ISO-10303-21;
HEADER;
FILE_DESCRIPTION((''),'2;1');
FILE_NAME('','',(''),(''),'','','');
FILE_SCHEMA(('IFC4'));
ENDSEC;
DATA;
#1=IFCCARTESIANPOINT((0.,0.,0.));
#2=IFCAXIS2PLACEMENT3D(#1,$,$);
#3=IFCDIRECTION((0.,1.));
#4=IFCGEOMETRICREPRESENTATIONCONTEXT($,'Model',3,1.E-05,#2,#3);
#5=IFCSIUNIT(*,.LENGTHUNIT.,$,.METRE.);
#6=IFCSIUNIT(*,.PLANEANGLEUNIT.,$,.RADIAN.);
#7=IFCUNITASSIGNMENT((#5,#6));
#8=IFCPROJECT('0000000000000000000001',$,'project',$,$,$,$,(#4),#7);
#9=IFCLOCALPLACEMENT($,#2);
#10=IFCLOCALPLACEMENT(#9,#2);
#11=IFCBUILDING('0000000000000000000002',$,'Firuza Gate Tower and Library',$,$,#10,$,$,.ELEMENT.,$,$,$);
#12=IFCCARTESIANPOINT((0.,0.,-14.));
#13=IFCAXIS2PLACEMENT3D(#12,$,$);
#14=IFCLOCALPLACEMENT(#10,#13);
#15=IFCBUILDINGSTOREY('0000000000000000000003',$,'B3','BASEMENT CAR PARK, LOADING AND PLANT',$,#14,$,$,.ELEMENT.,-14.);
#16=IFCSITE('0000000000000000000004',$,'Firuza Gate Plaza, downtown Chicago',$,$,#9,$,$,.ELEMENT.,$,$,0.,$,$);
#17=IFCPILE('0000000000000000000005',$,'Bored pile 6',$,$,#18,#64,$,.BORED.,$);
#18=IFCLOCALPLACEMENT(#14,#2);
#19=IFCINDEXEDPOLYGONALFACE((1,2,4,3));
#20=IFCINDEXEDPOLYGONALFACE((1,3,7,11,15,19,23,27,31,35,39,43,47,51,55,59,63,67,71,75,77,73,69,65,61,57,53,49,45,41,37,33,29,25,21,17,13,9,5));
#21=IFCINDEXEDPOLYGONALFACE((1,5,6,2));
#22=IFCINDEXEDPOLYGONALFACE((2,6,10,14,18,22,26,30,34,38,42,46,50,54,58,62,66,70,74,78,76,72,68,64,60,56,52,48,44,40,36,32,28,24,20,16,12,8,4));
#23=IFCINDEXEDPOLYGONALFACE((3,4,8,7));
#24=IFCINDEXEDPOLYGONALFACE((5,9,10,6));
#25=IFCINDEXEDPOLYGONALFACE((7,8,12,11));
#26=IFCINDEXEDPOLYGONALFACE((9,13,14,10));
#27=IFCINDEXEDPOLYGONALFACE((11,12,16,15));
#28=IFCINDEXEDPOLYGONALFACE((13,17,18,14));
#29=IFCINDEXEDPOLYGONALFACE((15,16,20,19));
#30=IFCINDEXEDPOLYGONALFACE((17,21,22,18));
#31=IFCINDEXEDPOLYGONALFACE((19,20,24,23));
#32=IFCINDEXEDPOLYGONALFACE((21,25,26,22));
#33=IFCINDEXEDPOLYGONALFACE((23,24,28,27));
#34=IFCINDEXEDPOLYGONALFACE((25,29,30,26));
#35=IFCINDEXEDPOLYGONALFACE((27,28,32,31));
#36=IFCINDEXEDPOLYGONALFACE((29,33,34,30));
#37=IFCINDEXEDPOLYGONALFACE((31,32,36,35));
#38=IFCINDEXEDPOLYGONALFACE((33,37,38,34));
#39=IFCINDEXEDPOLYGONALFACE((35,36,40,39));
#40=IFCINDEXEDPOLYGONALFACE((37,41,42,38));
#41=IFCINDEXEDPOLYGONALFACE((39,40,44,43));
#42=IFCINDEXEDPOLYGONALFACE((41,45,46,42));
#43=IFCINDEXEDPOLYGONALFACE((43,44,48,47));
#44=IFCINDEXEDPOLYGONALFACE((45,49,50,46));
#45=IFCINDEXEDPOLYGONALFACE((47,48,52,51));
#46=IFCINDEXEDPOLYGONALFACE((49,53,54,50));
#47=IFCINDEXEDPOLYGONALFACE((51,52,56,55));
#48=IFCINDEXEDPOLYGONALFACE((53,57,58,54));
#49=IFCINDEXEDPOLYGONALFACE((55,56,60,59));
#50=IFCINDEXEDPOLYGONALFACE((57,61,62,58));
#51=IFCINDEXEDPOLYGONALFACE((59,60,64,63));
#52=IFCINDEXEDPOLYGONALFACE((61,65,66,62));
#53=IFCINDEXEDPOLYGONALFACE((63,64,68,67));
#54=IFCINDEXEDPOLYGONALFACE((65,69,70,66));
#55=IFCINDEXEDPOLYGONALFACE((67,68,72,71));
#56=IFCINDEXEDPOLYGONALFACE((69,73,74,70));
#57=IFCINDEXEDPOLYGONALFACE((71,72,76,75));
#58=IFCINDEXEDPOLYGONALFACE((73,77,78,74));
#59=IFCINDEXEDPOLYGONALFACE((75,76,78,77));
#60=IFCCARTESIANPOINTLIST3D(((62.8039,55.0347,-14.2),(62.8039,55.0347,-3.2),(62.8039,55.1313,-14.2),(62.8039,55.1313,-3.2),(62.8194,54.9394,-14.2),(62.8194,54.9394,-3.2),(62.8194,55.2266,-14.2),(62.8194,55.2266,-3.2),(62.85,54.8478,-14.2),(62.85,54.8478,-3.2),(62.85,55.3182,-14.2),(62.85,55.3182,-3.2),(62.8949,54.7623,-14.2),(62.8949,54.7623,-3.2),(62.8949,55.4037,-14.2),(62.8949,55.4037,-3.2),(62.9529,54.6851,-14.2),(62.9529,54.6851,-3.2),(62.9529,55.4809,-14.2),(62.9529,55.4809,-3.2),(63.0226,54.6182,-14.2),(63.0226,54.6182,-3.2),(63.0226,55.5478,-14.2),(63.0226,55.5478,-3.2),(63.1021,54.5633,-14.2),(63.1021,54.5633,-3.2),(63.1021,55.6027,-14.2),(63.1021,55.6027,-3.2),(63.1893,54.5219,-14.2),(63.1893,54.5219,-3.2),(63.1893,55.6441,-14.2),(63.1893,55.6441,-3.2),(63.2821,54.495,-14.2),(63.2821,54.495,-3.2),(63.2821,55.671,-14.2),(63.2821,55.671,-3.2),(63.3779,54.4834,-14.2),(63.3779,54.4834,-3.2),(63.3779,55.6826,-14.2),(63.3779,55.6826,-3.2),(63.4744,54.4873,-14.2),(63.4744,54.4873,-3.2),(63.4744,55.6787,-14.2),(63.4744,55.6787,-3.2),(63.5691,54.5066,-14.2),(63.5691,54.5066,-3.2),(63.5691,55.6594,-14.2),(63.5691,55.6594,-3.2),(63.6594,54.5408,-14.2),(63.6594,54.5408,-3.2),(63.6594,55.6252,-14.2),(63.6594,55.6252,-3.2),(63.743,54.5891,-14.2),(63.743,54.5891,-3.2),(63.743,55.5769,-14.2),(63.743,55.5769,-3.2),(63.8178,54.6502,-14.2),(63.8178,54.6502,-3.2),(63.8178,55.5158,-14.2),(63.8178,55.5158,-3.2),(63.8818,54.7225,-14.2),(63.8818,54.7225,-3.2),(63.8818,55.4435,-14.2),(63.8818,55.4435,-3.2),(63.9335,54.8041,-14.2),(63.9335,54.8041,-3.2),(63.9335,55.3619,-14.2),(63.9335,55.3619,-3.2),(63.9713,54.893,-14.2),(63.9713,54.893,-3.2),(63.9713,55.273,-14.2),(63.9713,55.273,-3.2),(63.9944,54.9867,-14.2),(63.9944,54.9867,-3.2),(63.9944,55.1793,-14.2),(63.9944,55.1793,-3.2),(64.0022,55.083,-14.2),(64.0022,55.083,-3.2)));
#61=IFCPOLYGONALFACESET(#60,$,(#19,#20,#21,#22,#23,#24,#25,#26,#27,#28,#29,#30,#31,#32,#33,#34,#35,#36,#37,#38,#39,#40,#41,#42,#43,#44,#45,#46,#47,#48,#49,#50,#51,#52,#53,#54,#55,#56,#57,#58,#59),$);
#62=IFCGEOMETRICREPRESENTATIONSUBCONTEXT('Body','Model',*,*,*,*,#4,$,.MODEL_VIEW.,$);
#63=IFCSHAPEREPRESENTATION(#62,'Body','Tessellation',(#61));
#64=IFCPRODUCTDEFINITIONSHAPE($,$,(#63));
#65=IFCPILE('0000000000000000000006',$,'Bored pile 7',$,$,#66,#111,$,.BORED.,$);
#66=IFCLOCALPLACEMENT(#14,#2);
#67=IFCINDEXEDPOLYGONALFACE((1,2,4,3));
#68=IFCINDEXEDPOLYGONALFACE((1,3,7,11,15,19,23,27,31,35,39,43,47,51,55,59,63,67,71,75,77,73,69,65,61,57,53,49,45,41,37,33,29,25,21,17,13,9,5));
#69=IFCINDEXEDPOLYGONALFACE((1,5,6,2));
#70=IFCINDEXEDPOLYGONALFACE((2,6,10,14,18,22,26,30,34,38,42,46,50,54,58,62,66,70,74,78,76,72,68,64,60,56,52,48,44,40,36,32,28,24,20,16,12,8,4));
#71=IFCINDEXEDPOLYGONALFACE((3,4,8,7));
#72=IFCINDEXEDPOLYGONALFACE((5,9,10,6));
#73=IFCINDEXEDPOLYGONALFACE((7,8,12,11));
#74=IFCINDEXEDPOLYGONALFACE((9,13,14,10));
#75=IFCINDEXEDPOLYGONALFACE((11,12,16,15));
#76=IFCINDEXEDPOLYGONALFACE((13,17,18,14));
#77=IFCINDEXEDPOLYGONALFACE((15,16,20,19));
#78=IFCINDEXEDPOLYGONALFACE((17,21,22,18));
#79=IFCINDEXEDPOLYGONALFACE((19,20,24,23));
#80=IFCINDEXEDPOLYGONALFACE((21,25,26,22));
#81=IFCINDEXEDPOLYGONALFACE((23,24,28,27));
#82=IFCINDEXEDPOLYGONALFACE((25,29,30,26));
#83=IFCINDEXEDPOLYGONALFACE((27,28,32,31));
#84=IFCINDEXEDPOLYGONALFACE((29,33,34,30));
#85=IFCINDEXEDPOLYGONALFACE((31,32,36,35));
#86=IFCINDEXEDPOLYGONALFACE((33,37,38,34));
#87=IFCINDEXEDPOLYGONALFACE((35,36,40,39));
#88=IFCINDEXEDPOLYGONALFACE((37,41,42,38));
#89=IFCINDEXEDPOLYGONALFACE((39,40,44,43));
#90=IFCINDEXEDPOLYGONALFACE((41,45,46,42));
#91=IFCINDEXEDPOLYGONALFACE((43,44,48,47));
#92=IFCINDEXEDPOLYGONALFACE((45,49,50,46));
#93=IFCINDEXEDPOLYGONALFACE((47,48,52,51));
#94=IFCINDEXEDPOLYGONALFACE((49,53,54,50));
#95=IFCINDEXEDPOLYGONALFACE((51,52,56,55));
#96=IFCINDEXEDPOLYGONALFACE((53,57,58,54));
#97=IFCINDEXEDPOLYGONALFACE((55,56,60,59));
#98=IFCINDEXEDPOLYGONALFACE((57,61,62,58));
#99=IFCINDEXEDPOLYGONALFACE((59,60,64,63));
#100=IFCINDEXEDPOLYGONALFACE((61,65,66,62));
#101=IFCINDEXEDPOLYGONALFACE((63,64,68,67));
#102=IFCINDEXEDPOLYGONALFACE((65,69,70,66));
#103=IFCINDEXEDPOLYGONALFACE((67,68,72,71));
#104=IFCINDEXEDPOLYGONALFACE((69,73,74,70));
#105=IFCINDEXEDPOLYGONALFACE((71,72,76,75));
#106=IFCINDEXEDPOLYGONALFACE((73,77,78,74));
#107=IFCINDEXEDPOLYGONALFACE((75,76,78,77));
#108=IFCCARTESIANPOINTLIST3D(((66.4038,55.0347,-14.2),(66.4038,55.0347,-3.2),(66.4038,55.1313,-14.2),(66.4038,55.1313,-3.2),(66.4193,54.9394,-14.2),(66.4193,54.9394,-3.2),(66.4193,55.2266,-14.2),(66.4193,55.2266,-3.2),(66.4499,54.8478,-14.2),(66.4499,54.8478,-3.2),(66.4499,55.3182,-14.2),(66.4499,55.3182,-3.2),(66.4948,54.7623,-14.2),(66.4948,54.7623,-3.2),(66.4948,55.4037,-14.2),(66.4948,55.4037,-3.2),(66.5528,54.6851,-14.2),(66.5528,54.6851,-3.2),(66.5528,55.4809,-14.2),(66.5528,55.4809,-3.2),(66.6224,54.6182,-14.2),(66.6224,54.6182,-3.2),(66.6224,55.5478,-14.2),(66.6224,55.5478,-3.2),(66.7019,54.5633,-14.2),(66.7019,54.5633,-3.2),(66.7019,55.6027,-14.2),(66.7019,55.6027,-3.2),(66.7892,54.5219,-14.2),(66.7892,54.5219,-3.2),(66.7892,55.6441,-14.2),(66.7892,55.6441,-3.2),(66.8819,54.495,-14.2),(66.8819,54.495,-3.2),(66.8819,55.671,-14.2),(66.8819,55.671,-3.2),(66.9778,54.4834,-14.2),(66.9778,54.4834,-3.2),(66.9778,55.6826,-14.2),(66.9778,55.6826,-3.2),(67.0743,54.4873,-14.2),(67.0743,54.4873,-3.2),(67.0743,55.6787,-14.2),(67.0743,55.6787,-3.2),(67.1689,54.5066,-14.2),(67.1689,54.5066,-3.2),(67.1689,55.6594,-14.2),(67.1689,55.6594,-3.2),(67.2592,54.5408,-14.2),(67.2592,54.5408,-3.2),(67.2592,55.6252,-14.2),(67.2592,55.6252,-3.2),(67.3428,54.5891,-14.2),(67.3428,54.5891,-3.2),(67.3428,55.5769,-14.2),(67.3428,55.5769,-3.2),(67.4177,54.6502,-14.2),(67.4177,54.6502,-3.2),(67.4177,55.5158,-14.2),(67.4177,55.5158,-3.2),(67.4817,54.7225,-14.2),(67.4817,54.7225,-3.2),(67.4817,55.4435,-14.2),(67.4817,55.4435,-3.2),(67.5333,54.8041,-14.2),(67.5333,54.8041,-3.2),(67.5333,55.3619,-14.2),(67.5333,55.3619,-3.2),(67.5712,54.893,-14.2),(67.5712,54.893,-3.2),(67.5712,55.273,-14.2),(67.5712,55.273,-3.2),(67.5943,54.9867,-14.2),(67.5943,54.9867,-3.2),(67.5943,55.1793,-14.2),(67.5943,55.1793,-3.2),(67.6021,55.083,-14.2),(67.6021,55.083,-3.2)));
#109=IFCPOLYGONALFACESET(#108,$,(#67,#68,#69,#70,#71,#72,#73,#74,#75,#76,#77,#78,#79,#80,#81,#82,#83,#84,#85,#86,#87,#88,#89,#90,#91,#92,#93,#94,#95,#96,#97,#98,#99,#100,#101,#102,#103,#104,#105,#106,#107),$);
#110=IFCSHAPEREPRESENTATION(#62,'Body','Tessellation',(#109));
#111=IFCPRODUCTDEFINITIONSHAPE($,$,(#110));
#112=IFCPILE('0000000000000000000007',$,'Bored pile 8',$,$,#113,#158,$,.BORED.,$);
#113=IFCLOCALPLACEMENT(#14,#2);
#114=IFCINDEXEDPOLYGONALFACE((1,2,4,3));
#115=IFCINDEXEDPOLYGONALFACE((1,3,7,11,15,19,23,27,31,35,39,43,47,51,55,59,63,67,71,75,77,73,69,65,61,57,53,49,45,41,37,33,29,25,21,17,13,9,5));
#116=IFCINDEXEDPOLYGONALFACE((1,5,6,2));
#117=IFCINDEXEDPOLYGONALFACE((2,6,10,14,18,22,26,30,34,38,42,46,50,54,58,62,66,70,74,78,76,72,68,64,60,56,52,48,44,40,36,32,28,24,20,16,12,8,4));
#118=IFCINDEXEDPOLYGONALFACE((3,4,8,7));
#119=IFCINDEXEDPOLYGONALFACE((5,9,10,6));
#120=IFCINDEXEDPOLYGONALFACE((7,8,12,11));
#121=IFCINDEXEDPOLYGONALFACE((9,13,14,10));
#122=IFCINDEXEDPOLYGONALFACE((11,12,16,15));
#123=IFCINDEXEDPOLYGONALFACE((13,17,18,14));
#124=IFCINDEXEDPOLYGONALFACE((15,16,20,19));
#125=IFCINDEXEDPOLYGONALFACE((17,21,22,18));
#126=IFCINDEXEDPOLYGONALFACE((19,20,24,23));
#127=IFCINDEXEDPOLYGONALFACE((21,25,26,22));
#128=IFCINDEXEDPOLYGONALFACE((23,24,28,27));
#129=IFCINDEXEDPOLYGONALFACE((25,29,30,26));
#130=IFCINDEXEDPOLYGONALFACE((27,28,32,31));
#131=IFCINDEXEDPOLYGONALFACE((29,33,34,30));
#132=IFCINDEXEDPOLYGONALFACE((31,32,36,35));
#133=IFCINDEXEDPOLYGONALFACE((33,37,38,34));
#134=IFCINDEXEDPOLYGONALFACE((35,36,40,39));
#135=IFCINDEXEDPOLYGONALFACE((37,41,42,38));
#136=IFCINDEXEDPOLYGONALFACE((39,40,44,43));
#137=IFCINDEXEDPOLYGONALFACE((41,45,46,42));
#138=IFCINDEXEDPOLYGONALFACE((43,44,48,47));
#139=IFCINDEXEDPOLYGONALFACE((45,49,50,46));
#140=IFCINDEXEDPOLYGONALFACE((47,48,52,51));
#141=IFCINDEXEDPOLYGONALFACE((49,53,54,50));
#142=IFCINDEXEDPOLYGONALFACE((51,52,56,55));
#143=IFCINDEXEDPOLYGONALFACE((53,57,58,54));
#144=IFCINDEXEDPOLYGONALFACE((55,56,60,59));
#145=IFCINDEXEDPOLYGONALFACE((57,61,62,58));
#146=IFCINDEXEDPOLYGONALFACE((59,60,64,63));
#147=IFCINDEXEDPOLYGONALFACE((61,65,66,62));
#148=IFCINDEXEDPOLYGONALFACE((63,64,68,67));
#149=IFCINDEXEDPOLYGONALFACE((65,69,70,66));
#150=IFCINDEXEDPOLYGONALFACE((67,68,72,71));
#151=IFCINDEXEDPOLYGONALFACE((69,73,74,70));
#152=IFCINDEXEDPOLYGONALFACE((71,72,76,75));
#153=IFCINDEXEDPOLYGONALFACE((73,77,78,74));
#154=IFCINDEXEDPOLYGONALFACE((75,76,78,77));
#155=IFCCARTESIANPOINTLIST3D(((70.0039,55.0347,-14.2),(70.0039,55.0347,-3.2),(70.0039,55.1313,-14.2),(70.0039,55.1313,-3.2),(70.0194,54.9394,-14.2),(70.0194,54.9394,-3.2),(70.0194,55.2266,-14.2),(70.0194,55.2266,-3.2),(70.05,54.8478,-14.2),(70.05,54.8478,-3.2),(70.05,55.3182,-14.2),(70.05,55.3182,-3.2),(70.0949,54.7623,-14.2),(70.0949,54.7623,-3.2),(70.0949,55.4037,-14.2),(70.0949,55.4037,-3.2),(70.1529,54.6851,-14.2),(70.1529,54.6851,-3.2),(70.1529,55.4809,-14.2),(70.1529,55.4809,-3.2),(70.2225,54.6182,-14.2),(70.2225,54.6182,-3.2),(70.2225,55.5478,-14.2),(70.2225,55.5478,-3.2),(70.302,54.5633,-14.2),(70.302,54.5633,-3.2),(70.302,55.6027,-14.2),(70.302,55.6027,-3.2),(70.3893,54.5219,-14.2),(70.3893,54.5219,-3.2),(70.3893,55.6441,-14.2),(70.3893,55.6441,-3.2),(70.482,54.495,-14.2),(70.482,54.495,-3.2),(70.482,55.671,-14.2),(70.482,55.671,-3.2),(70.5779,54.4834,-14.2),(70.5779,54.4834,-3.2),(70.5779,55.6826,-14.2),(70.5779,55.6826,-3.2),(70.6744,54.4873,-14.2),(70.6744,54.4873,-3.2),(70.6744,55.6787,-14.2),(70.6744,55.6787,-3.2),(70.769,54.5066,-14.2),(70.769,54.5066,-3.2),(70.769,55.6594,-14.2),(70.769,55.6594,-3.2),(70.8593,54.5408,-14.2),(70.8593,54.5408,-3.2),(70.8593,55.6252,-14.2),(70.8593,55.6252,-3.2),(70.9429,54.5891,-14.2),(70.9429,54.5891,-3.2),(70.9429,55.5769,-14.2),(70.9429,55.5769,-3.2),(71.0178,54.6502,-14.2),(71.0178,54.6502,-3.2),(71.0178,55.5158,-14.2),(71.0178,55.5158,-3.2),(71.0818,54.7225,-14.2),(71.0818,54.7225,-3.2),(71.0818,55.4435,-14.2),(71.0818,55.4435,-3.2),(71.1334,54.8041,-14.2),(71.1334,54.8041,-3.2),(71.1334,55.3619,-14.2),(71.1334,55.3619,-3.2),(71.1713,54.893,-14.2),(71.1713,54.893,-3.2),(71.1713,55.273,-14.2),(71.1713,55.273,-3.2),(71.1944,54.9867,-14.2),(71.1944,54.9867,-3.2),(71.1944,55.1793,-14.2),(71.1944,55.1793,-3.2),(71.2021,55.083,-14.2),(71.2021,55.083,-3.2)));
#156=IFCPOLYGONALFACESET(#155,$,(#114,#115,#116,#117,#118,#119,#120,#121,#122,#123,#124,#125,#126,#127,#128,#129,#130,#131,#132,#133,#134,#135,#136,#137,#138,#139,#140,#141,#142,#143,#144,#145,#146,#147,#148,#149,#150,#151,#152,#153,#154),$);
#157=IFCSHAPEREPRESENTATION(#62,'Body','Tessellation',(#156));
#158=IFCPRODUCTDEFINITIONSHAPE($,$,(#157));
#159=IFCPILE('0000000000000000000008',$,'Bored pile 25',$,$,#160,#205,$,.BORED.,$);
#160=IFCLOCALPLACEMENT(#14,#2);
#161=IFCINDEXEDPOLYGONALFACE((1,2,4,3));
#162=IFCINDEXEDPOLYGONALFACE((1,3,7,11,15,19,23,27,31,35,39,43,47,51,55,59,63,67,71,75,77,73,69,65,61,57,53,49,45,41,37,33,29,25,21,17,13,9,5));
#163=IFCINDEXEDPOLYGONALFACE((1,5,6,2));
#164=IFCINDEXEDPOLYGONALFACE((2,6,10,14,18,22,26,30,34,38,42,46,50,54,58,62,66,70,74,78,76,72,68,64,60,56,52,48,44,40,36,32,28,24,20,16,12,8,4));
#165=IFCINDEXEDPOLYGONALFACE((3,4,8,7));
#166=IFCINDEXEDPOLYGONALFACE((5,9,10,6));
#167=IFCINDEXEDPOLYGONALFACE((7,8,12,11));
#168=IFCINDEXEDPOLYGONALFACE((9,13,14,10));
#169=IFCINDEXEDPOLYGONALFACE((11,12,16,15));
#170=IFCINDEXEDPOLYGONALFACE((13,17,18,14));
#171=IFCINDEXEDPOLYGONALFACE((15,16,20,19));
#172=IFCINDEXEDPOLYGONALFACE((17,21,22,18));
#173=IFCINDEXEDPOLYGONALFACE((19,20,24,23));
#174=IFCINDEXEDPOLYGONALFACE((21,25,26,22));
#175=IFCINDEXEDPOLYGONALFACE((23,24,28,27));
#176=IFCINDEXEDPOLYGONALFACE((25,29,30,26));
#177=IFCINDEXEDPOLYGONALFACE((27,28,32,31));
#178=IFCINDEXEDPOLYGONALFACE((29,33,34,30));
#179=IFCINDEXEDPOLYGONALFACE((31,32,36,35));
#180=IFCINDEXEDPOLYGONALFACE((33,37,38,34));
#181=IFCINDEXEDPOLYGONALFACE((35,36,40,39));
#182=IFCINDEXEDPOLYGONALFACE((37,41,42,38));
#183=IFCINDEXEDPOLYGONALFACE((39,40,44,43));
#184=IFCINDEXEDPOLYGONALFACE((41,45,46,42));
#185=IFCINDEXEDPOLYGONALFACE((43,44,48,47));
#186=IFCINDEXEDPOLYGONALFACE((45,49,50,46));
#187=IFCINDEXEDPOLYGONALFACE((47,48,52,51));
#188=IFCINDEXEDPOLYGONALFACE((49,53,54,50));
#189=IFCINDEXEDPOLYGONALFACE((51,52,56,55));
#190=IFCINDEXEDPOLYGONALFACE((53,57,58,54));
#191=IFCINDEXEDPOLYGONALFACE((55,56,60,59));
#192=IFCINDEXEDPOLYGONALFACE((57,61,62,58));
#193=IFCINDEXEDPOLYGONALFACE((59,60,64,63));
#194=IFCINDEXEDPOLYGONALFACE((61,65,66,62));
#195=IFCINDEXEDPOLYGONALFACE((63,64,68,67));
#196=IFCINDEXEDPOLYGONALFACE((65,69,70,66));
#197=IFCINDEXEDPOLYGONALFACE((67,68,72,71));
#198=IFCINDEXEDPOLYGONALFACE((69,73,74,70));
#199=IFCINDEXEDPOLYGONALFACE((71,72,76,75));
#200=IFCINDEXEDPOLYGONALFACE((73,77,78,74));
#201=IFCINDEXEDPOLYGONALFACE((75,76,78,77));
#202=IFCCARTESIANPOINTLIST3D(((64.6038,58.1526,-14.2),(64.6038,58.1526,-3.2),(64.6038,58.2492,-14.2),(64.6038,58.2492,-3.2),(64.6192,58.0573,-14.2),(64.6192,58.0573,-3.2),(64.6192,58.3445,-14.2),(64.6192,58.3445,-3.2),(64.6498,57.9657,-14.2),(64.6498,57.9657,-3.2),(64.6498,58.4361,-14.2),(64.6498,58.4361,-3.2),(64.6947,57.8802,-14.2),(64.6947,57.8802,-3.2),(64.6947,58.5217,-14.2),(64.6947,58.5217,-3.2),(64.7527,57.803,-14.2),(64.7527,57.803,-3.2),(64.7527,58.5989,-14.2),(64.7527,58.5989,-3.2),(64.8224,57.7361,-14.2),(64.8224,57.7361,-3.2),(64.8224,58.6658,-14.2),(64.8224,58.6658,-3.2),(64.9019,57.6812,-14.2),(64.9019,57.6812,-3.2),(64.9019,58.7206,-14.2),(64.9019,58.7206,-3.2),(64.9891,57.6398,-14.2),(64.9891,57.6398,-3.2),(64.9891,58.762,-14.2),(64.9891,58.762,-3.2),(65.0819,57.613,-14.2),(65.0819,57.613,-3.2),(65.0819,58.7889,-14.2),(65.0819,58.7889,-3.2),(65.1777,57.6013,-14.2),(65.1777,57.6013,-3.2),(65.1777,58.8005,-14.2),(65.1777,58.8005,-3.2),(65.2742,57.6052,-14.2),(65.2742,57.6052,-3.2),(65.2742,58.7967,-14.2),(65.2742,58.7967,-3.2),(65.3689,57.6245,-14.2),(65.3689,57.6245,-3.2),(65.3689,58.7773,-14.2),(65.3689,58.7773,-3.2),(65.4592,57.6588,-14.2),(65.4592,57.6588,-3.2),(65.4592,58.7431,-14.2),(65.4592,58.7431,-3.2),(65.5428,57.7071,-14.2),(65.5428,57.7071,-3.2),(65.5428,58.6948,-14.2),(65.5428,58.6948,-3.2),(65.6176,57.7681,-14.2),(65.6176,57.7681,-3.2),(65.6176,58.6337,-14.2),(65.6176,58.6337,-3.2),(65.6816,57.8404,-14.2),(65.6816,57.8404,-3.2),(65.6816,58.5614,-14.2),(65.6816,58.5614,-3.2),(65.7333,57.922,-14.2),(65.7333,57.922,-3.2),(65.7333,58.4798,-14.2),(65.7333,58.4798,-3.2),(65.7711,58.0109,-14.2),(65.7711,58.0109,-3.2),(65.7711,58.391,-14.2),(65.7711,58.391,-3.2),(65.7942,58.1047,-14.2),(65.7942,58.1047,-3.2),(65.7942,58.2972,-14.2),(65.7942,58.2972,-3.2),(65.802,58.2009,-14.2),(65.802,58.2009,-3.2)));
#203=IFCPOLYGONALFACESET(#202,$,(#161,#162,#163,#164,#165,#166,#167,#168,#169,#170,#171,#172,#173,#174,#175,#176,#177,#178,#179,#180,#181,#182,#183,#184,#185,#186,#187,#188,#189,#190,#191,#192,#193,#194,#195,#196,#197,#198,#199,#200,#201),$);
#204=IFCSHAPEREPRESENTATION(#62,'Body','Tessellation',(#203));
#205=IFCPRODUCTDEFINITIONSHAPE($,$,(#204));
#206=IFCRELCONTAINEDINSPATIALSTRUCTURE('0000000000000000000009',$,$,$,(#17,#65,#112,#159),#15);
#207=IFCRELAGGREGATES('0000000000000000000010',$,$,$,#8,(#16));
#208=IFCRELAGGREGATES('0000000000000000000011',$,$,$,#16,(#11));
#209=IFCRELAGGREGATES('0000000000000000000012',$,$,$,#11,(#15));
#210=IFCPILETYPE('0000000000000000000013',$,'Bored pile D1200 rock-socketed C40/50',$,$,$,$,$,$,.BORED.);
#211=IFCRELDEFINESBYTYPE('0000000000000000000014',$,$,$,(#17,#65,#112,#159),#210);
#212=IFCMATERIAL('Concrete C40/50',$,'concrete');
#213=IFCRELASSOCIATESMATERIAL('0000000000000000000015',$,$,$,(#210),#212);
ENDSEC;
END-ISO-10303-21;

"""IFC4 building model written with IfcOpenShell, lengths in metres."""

from ifc_helpers import new_model, si_unit, direction, frame, origin, origin_2d, place, context, subcontext, project, spatial, circle, extrude, material, material_profile, profile_set, type_object, element, save


model = new_model("IFC4")

# Units and contexts
model_context = context("Model", 3, precision=1e-05, world=origin(), true_north=direction((0.0, 1.0)))
body_context = subcontext(model_context, "Body", "Model", "MODEL_VIEW")
ifc_project = project(units=[si_unit("LENGTHUNIT", "METRE"), si_unit("PLANEANGLEUNIT", "RADIAN")], contexts=[model_context])

# Site, building, storey
site_placement = place(None, origin())
site = spatial("IfcSite", under=ifc_project, at=site_placement, Name="Firuza Gate Plaza, downtown Chicago", CompositionType="ELEMENT", RefElevation=0.0)
building_placement = place(site_placement, origin())
building = spatial("IfcBuilding", under=site, at=building_placement, Name="Firuza Gate Tower and Library", CompositionType="ELEMENT")
storey_placement = place(building_placement, frame((0.0, 0.0, -14.0)))
storey = spatial("IfcBuildingStorey", under=building, at=storey_placement, Name="B3", Description="BASEMENT CAR PARK, LOADING AND PLANT", CompositionType="ELEMENT", Elevation=-14.0)

# Piles
ifc_material_1 = material(Name="Concrete C40/50", Category="concrete")
ifc_material_profile_1 = material_profile(ifc_material_1, circle(Radius=0.6001, at=origin_2d()))
ifc_profile_set_1 = profile_set([ifc_material_profile_1], Name="Concrete C40/50")
pile_type = type_object("IfcPileType", Name="Bored pile D1200 rock-socketed C40/50", PredefinedType="BORED", material=ifc_profile_set_1)
for number, where, z_axis, x_axis, name in (
    (1, (63.4021, 55.083, -3.2), (0.0, 0.0, -1.0), (1.0, 0.0, 0.0), "Bored pile 6"),
    (2, (67.002, 55.083, -3.2), (0.0, 0.0, -1.0), (1.0, 0.0, 0.0), "Bored pile 7"),
    (3, (70.6021, 55.083, -3.2), (0.0, 0.0, -1.0), (1.0, 0.0, 0.0), "Bored pile 8"),
    (4, (65.2019, 58.2009, -3.2), (0.0, 0.0, -1.0), (1.0, 0.0, 0.0), "Bored pile 25"),
):
    element("IfcPile", number, at=place(storey_placement, frame(where, z_axis=z_axis, x_axis=x_axis)), inside=storey, type_object=pile_type, Name=name, PredefinedType="BORED", context=body_context, shape_type="SweptSolid", body=[
        extrude(circle(Radius=0.6001, at=origin_2d()), origin(), (0.0, 0.0, 1.0), 11.0),
    ])

save(model, "model.ifc")
